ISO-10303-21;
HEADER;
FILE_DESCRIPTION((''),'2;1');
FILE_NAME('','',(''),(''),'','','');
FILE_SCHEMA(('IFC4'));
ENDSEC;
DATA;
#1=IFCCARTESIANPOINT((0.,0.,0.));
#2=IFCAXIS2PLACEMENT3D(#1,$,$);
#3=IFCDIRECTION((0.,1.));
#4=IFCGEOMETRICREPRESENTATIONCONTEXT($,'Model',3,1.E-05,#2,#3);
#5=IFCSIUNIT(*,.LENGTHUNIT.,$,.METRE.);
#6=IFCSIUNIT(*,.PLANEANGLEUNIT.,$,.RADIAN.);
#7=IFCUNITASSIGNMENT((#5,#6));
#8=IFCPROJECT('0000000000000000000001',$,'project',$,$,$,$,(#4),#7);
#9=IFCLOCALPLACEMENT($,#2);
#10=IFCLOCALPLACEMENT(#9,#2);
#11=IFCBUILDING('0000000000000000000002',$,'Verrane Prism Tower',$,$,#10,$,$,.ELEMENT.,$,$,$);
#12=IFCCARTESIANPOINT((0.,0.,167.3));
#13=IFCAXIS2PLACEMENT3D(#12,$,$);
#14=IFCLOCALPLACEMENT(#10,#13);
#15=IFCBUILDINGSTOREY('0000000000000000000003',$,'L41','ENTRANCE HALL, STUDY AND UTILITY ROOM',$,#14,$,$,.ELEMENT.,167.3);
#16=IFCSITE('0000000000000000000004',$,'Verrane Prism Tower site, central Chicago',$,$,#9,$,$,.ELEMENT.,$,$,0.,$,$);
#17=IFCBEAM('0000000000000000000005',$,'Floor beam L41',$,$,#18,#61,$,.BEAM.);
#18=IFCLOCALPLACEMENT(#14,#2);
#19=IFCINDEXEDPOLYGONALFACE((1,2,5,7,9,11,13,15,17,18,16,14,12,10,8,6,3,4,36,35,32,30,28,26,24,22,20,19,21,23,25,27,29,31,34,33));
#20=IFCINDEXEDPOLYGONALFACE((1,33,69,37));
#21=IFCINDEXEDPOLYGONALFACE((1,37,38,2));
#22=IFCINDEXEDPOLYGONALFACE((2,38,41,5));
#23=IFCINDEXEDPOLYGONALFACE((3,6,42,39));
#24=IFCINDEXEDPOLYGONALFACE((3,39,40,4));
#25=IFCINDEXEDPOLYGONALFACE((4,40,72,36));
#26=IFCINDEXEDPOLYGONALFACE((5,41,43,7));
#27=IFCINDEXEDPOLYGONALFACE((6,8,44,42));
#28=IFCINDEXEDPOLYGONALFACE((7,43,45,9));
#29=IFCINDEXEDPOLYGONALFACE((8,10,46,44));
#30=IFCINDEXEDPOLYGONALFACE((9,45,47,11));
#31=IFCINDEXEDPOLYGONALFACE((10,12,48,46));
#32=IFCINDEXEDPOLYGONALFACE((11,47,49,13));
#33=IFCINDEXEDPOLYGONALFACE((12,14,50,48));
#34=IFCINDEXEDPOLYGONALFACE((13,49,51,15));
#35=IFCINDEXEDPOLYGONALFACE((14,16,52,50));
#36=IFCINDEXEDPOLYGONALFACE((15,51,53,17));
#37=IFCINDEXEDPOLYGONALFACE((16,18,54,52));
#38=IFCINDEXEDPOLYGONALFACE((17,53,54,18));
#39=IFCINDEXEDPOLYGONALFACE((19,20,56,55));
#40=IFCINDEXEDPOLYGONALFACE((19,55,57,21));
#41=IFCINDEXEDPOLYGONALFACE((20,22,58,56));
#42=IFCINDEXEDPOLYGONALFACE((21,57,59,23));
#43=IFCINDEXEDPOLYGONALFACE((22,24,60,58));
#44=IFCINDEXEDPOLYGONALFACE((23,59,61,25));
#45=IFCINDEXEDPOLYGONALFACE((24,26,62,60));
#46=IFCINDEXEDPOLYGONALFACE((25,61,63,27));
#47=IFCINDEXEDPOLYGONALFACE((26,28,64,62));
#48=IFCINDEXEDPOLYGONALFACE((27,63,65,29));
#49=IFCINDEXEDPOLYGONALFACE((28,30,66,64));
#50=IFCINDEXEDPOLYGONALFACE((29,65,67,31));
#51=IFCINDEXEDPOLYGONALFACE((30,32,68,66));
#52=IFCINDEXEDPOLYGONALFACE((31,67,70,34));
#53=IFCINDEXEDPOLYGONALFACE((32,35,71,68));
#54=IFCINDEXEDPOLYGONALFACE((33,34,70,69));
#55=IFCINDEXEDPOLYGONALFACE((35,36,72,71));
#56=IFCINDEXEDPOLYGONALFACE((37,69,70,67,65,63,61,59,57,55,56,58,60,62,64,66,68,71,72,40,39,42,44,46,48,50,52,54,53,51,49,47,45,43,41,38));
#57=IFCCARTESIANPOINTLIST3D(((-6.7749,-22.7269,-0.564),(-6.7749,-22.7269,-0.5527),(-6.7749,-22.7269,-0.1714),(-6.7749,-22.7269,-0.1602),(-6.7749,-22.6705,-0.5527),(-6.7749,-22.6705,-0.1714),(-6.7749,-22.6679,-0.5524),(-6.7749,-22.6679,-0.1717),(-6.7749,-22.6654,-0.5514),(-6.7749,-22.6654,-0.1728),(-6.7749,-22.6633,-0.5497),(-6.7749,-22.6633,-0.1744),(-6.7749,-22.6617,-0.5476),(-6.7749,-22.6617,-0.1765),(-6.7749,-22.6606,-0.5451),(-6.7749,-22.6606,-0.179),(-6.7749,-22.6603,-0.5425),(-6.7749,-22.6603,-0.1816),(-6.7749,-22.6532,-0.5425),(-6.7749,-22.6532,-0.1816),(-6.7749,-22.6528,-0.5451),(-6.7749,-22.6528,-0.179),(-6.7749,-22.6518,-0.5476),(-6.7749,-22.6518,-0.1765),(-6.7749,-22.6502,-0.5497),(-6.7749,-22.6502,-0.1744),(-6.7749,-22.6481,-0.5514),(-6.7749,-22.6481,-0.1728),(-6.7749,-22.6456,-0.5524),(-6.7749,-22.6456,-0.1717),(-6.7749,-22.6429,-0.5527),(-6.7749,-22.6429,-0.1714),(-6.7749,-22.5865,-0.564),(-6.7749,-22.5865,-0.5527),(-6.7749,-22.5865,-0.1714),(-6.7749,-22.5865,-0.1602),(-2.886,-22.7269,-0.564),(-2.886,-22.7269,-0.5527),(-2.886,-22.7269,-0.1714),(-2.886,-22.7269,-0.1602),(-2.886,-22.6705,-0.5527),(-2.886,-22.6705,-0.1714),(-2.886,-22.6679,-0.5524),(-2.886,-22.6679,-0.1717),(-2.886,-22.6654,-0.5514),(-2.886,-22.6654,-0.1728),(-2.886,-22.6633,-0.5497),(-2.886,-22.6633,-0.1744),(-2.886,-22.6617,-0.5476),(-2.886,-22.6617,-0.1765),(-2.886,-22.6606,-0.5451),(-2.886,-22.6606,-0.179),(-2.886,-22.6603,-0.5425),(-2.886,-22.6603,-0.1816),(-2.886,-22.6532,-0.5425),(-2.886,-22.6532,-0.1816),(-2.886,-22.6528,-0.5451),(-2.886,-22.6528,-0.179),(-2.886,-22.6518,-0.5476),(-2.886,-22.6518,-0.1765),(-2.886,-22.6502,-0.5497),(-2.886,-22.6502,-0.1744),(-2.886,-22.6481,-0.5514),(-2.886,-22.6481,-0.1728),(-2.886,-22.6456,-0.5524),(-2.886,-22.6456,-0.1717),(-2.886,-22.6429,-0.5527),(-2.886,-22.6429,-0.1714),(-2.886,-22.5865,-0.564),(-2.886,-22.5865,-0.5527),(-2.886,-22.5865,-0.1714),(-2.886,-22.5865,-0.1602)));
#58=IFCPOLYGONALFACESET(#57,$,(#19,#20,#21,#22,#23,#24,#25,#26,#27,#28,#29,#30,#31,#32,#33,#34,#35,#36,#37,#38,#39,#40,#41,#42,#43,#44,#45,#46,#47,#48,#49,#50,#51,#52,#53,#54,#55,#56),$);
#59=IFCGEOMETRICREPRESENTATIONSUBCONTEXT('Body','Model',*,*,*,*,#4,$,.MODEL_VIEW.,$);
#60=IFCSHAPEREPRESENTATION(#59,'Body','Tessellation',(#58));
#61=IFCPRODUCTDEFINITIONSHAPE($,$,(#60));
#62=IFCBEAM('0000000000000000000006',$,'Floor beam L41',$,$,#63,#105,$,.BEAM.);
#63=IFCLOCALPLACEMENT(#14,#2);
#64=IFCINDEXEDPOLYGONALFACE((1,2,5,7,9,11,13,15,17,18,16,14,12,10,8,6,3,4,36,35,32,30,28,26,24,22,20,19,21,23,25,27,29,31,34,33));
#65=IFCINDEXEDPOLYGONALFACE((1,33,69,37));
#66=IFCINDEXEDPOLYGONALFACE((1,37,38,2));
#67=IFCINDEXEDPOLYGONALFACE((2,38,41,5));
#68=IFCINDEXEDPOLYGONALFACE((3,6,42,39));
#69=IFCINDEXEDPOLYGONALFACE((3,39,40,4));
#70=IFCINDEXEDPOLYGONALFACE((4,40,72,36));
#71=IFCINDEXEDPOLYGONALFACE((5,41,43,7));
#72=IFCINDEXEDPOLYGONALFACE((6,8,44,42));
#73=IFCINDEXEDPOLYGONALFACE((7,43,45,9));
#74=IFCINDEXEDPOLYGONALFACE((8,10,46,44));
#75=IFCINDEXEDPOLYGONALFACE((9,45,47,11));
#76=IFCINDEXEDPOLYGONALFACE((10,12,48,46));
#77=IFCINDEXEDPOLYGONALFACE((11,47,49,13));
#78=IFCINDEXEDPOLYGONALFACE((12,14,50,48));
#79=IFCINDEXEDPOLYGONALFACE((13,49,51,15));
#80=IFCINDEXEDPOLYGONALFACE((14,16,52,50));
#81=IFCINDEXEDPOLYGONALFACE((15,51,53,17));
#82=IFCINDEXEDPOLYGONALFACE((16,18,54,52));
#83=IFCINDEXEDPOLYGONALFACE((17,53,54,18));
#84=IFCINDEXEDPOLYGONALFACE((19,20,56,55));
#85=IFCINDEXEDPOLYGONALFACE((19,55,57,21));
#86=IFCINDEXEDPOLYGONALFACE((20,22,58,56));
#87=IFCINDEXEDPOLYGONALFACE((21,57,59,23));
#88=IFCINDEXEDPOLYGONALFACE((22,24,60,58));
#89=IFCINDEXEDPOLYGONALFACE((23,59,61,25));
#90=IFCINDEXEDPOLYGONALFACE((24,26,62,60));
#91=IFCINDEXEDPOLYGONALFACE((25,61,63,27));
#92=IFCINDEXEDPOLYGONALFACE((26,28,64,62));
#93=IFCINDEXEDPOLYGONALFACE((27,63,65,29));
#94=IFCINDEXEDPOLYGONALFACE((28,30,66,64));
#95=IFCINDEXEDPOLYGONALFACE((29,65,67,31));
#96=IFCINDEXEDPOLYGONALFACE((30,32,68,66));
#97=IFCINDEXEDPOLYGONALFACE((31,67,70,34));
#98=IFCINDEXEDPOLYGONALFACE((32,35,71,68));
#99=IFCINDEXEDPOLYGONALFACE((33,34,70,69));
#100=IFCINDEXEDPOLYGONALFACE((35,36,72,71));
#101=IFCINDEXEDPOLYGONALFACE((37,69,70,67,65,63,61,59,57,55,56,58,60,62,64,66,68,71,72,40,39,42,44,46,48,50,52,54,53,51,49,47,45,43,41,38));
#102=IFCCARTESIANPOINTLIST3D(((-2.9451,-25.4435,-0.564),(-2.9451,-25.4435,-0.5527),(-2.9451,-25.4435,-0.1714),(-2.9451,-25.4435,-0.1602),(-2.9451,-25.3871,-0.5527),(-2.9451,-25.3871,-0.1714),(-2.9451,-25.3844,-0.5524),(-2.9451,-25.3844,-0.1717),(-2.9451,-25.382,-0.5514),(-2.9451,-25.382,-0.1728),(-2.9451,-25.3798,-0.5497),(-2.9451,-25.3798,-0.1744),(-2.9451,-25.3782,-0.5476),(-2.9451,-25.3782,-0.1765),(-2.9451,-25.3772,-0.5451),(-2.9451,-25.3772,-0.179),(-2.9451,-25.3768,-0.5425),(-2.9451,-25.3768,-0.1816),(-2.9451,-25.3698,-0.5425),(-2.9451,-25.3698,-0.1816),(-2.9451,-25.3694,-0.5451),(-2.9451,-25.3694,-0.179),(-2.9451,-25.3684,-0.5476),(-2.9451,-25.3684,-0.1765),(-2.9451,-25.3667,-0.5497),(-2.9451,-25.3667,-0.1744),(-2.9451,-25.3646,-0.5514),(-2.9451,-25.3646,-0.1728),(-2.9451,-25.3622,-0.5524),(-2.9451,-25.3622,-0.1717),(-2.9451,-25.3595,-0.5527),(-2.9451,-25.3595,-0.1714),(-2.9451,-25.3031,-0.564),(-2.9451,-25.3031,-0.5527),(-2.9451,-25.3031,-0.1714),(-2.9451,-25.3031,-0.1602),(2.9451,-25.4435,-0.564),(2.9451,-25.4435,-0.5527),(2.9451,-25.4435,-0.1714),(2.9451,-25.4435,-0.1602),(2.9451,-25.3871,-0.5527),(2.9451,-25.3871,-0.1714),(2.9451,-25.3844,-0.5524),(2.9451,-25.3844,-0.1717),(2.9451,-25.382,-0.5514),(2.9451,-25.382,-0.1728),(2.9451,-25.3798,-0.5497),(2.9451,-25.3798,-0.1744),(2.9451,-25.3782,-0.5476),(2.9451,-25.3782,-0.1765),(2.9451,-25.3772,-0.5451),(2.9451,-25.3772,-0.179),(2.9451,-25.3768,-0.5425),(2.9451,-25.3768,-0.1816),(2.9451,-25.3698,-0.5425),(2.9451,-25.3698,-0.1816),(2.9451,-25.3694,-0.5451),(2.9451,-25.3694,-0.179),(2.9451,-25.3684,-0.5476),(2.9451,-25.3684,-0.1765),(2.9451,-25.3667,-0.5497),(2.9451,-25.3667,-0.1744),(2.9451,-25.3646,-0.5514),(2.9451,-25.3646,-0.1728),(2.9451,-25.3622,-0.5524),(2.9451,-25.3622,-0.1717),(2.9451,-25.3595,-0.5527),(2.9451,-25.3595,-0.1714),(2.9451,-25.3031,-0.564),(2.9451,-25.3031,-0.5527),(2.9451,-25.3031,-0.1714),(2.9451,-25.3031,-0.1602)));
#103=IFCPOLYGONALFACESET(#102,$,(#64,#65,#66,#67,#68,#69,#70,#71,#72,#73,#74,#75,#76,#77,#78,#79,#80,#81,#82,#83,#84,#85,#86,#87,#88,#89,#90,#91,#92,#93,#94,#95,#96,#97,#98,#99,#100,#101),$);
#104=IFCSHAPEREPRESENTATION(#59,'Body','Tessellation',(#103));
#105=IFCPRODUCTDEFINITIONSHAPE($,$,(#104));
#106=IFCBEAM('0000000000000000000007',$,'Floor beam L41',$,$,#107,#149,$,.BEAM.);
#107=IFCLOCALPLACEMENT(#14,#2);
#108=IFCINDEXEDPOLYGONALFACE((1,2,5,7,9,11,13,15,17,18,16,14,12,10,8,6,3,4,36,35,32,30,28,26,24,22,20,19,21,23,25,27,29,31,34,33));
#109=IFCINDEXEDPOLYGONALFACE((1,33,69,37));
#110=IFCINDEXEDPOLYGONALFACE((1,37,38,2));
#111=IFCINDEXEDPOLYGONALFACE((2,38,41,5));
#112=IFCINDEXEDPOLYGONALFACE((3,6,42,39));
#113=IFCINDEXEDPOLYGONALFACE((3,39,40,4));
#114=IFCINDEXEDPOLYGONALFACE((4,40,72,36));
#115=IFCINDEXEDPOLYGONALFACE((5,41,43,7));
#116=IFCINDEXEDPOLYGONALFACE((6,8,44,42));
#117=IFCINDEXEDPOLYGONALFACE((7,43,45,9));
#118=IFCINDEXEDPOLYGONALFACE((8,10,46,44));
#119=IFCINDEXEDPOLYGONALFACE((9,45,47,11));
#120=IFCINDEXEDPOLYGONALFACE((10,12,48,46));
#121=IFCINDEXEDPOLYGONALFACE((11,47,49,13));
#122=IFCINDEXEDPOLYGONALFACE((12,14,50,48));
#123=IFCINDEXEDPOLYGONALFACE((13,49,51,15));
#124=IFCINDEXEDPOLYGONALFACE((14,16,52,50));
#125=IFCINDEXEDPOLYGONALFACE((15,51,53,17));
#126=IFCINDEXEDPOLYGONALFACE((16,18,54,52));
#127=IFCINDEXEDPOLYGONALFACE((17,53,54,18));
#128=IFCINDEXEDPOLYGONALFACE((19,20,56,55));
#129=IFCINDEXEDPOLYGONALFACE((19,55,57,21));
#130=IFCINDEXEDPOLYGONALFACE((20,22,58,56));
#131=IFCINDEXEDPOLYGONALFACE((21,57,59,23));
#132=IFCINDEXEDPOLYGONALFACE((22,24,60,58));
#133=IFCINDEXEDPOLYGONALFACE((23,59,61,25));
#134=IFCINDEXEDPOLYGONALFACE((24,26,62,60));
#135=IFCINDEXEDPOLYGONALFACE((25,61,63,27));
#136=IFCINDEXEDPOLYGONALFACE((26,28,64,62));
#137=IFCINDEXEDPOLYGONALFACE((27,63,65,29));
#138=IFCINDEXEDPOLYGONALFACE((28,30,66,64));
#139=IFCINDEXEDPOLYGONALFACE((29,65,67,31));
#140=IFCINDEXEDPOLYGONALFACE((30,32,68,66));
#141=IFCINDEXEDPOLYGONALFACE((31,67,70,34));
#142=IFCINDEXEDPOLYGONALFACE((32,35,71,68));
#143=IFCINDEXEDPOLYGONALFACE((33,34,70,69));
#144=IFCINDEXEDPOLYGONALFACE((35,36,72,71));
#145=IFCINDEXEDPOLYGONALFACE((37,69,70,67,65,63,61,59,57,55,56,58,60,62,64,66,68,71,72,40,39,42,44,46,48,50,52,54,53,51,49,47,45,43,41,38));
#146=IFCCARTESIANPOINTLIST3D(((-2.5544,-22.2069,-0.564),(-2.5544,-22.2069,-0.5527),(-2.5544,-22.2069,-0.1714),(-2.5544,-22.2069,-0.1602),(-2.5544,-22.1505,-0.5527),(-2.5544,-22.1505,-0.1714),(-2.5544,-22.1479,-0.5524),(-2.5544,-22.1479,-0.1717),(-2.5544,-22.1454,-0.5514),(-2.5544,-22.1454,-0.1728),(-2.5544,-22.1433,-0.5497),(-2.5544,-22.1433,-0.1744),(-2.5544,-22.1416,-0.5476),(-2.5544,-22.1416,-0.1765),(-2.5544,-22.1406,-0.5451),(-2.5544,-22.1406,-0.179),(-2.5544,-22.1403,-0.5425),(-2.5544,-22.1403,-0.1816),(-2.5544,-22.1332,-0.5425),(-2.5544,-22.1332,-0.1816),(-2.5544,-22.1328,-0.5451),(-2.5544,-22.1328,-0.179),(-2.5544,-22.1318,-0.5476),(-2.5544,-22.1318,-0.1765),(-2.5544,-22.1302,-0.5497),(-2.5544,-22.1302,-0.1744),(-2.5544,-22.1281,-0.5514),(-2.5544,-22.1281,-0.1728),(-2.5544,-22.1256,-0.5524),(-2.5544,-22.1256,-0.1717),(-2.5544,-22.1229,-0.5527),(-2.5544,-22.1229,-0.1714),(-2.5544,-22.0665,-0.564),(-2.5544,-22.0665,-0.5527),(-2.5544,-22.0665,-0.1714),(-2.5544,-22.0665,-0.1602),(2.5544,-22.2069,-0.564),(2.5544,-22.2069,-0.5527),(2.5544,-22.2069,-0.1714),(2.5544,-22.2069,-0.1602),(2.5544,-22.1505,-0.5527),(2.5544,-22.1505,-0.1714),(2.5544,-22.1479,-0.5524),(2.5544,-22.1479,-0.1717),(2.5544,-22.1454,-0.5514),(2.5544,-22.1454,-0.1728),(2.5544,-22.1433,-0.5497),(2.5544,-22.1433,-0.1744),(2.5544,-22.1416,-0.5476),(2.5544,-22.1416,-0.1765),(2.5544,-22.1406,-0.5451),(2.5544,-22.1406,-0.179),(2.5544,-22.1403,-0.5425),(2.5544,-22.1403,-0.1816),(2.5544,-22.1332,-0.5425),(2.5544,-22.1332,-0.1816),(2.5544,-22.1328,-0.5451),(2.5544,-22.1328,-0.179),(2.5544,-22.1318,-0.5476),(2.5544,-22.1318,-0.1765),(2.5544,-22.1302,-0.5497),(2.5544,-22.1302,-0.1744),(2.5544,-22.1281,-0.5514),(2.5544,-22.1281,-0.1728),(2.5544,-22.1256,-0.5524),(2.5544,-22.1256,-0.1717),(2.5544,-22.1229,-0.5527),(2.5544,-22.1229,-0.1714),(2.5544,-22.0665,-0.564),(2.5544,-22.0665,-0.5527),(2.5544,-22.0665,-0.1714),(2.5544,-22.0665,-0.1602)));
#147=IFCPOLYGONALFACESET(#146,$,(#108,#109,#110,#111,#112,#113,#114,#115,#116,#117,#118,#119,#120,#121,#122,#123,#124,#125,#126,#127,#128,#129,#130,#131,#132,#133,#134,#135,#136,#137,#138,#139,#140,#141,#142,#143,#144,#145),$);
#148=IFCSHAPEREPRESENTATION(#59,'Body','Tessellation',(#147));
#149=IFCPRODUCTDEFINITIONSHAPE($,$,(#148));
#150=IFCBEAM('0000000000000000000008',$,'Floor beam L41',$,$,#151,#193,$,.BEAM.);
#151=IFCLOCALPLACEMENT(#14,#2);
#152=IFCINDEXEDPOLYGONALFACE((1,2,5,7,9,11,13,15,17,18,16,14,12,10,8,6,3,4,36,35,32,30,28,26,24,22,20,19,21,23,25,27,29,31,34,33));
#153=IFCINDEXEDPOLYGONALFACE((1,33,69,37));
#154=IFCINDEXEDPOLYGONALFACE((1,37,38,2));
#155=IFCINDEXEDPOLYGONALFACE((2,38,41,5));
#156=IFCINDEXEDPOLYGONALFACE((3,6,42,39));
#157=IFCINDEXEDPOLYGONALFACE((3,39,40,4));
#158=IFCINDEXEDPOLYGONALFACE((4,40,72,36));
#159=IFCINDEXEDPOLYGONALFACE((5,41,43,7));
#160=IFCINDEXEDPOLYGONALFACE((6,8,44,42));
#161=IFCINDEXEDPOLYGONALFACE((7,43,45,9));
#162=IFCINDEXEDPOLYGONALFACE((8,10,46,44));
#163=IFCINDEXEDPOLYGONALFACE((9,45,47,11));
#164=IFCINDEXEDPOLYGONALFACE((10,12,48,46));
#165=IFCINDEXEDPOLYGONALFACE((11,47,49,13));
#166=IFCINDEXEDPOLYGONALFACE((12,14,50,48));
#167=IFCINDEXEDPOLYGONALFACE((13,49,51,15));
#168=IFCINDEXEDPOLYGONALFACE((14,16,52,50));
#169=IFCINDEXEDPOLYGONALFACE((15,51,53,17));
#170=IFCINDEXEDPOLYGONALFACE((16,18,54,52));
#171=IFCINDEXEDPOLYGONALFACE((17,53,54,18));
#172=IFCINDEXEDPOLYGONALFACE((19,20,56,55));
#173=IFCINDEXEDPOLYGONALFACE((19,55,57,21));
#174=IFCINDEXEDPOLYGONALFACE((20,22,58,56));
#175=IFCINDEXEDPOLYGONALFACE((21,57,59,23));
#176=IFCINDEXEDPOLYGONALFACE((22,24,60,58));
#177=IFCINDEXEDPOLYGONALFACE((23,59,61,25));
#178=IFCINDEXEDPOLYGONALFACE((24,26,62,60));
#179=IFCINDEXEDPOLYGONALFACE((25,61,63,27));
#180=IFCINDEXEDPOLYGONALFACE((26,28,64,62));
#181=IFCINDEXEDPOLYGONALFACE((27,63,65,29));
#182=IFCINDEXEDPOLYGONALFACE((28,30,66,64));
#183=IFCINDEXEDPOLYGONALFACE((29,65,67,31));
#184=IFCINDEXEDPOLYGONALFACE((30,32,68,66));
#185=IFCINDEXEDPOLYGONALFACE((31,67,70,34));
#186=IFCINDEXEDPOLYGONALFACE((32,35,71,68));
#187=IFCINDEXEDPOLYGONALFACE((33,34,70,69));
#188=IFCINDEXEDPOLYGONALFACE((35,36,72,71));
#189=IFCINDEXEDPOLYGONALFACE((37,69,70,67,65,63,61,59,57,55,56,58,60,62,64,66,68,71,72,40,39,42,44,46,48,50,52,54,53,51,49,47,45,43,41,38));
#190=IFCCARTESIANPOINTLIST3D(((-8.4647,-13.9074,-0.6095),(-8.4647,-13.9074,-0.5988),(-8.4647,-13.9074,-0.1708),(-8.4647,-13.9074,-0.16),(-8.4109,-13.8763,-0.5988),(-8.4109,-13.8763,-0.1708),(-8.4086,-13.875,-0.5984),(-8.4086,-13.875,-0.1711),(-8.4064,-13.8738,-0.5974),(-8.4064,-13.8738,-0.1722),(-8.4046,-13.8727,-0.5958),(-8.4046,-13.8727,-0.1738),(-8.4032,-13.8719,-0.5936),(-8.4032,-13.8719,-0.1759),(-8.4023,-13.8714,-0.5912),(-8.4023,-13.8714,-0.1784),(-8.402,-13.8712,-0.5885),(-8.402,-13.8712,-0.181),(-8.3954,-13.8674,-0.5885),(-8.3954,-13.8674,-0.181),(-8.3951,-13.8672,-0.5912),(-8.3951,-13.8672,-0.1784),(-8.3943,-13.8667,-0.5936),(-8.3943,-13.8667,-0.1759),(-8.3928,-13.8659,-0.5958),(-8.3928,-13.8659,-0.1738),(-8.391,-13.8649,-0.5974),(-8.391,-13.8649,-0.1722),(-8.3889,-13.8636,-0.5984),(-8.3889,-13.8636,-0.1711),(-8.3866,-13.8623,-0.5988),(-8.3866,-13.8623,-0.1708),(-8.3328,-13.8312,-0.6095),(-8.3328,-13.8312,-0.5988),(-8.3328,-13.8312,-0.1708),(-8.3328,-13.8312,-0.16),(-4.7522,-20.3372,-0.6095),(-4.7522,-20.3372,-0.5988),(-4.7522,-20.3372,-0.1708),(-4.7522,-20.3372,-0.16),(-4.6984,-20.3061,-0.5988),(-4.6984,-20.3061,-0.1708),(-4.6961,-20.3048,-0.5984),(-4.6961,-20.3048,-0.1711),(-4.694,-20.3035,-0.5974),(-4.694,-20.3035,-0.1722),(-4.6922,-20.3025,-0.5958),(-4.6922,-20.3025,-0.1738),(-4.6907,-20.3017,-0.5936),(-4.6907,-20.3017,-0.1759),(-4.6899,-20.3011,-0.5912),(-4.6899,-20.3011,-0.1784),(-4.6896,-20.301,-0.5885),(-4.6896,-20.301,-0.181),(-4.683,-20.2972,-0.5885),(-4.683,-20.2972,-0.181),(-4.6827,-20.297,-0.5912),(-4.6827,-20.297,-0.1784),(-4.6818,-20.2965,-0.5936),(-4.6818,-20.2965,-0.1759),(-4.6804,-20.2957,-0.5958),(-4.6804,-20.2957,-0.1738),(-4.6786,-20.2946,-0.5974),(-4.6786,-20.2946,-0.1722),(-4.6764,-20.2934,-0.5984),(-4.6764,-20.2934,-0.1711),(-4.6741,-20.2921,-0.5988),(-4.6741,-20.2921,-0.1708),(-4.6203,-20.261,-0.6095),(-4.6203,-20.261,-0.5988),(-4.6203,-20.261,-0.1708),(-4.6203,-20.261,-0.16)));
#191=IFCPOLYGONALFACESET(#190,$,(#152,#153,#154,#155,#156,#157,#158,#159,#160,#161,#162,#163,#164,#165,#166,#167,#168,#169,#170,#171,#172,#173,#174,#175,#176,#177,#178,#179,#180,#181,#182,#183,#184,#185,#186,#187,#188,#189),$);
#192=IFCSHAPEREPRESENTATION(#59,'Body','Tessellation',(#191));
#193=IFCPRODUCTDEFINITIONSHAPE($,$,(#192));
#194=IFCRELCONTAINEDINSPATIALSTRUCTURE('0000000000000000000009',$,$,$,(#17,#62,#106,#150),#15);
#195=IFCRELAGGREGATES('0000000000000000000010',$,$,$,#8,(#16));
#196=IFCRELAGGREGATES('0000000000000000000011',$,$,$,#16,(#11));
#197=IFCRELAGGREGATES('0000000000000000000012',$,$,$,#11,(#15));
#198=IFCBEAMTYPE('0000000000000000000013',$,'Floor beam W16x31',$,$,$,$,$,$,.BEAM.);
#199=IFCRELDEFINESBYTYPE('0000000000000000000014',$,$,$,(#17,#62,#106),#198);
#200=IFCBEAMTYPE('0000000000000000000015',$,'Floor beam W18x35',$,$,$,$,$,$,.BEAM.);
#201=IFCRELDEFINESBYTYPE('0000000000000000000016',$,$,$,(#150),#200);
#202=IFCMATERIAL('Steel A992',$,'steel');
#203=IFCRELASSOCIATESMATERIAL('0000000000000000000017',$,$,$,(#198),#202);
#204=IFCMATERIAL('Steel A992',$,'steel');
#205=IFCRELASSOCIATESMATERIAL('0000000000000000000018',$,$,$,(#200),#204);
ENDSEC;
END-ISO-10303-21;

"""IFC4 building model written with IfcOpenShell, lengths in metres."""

from ifc_helpers import new_model, si_unit, direction, frame, origin, origin_2d, place, context, subcontext, project, spatial, i_section, extrude, material, material_profile, profile_set, type_object, element, save


model = new_model("IFC4")

# Units and contexts
model_context = context("Model", 3, precision=1e-05, world=origin(), true_north=direction((0.0, 1.0)))
body_context = subcontext(model_context, "Body", "Model", "MODEL_VIEW")
ifc_project = project(units=[si_unit("LENGTHUNIT", "METRE"), si_unit("PLANEANGLEUNIT", "RADIAN")], contexts=[model_context])

# Site, building, storey
site_placement = place(None, origin())
site = spatial("IfcSite", under=ifc_project, at=site_placement, Name="Verrane Prism Tower site, central Chicago", CompositionType="ELEMENT", RefElevation=0.0)
building_placement = place(site_placement, origin())
building = spatial("IfcBuilding", under=site, at=building_placement, Name="Verrane Prism Tower", CompositionType="ELEMENT")
storey_placement = place(building_placement, frame((0.0, 0.0, 167.3)))
storey = spatial("IfcBuildingStorey", under=building, at=storey_placement, Name="L41", Description="ENTRANCE HALL, STUDY AND UTILITY ROOM", CompositionType="ELEMENT", Elevation=167.3)

# Beams
ifc_material_1 = material(Name="Steel A992", Category="steel")
ifc_material_profile_1 = material_profile(ifc_material_1, i_section(OverallWidth=0.1404, OverallDepth=0.4038, WebThickness=0.0071, FlangeThickness=0.0112, FilletRadius=0.0103, at=origin_2d()), Name="W16x31")
ifc_profile_set_1 = profile_set([ifc_material_profile_1], Name="Steel A992")
beam_type_1 = type_object("IfcBeamType", Name="Floor beam W16x31", PredefinedType="BEAM", material=ifc_profile_set_1)
beam_1_placement = place(storey_placement, frame((-6.7749, -22.6567, -0.3621), z_axis=(1.0, 0.0, 0.0), x_axis=(0.0, 1.0, 0.0)))
element("IfcBeam", 1, at=beam_1_placement, inside=storey, type_object=beam_type_1, Name="Floor beam L41", PredefinedType="BEAM", context=body_context, shape_type="SweptSolid", body=[
    extrude(i_section(OverallWidth=0.1404, OverallDepth=0.4038, WebThickness=0.0071, FlangeThickness=0.0112, FilletRadius=0.0103, at=origin_2d()), origin(), (0.0, 0.0, 1.0), 3.8889),
])
beam_2_placement = place(storey_placement, frame((-2.9451, -25.3733, -0.3621), z_axis=(1.0, 0.0, 0.0), x_axis=(0.0, 1.0, 0.0)))
element("IfcBeam", 2, at=beam_2_placement, inside=storey, type_object=beam_type_1, Name="Floor beam L41", PredefinedType="BEAM", context=body_context, shape_type="SweptSolid", body=[
    extrude(i_section(OverallWidth=0.1404, OverallDepth=0.4038, WebThickness=0.0071, FlangeThickness=0.0112, FilletRadius=0.0103, at=origin_2d()), origin(), (0.0, 0.0, 1.0), 5.8901),
])
beam_3_placement = place(storey_placement, frame((-2.5544, -22.1367, -0.3621), z_axis=(1.0, 0.0, 0.0), x_axis=(0.0, 1.0, 0.0)))
element("IfcBeam", 3, at=beam_3_placement, inside=storey, type_object=beam_type_1, Name="Floor beam L41", PredefinedType="BEAM", context=body_context, shape_type="SweptSolid", body=[
    extrude(i_section(OverallWidth=0.1404, OverallDepth=0.4038, WebThickness=0.0071, FlangeThickness=0.0112, FilletRadius=0.0103, at=origin_2d()), origin(), (0.0, 0.0, 1.0), 5.1089),
])
ifc_material_2 = material(Name="Steel A992", Category="steel")
ifc_material_profile_2 = material_profile(ifc_material_2, i_section(OverallWidth=0.1523, OverallDepth=0.4495, WebThickness=0.0076, FlangeThickness=0.0107, FilletRadius=0.0103, at=origin_2d()), Name="W18x35")
ifc_profile_set_2 = profile_set([ifc_material_profile_2], Name="Steel A992")
beam_type_2 = type_object("IfcBeamType", Name="Floor beam W18x35", PredefinedType="BEAM", material=ifc_profile_set_2)
beam_4_placement = place(storey_placement, frame((-4.6863, -20.2991, -0.3848), z_axis=(-0.500022, 0.866013, 0.0), x_axis=(-0.866013, -0.500022, 0.0)))
element("IfcBeam", 4, at=beam_4_placement, inside=storey, type_object=beam_type_2, Name="Floor beam L41", PredefinedType="BEAM", context=body_context, shape_type="SweptSolid", body=[
    extrude(i_section(OverallWidth=0.1523, OverallDepth=0.4495, WebThickness=0.0076, FlangeThickness=0.0107, FilletRadius=0.0103, at=origin_2d()), origin(), (0.0, 0.0, 1.0), 7.4246),
])

save(model, "model.ifc")
